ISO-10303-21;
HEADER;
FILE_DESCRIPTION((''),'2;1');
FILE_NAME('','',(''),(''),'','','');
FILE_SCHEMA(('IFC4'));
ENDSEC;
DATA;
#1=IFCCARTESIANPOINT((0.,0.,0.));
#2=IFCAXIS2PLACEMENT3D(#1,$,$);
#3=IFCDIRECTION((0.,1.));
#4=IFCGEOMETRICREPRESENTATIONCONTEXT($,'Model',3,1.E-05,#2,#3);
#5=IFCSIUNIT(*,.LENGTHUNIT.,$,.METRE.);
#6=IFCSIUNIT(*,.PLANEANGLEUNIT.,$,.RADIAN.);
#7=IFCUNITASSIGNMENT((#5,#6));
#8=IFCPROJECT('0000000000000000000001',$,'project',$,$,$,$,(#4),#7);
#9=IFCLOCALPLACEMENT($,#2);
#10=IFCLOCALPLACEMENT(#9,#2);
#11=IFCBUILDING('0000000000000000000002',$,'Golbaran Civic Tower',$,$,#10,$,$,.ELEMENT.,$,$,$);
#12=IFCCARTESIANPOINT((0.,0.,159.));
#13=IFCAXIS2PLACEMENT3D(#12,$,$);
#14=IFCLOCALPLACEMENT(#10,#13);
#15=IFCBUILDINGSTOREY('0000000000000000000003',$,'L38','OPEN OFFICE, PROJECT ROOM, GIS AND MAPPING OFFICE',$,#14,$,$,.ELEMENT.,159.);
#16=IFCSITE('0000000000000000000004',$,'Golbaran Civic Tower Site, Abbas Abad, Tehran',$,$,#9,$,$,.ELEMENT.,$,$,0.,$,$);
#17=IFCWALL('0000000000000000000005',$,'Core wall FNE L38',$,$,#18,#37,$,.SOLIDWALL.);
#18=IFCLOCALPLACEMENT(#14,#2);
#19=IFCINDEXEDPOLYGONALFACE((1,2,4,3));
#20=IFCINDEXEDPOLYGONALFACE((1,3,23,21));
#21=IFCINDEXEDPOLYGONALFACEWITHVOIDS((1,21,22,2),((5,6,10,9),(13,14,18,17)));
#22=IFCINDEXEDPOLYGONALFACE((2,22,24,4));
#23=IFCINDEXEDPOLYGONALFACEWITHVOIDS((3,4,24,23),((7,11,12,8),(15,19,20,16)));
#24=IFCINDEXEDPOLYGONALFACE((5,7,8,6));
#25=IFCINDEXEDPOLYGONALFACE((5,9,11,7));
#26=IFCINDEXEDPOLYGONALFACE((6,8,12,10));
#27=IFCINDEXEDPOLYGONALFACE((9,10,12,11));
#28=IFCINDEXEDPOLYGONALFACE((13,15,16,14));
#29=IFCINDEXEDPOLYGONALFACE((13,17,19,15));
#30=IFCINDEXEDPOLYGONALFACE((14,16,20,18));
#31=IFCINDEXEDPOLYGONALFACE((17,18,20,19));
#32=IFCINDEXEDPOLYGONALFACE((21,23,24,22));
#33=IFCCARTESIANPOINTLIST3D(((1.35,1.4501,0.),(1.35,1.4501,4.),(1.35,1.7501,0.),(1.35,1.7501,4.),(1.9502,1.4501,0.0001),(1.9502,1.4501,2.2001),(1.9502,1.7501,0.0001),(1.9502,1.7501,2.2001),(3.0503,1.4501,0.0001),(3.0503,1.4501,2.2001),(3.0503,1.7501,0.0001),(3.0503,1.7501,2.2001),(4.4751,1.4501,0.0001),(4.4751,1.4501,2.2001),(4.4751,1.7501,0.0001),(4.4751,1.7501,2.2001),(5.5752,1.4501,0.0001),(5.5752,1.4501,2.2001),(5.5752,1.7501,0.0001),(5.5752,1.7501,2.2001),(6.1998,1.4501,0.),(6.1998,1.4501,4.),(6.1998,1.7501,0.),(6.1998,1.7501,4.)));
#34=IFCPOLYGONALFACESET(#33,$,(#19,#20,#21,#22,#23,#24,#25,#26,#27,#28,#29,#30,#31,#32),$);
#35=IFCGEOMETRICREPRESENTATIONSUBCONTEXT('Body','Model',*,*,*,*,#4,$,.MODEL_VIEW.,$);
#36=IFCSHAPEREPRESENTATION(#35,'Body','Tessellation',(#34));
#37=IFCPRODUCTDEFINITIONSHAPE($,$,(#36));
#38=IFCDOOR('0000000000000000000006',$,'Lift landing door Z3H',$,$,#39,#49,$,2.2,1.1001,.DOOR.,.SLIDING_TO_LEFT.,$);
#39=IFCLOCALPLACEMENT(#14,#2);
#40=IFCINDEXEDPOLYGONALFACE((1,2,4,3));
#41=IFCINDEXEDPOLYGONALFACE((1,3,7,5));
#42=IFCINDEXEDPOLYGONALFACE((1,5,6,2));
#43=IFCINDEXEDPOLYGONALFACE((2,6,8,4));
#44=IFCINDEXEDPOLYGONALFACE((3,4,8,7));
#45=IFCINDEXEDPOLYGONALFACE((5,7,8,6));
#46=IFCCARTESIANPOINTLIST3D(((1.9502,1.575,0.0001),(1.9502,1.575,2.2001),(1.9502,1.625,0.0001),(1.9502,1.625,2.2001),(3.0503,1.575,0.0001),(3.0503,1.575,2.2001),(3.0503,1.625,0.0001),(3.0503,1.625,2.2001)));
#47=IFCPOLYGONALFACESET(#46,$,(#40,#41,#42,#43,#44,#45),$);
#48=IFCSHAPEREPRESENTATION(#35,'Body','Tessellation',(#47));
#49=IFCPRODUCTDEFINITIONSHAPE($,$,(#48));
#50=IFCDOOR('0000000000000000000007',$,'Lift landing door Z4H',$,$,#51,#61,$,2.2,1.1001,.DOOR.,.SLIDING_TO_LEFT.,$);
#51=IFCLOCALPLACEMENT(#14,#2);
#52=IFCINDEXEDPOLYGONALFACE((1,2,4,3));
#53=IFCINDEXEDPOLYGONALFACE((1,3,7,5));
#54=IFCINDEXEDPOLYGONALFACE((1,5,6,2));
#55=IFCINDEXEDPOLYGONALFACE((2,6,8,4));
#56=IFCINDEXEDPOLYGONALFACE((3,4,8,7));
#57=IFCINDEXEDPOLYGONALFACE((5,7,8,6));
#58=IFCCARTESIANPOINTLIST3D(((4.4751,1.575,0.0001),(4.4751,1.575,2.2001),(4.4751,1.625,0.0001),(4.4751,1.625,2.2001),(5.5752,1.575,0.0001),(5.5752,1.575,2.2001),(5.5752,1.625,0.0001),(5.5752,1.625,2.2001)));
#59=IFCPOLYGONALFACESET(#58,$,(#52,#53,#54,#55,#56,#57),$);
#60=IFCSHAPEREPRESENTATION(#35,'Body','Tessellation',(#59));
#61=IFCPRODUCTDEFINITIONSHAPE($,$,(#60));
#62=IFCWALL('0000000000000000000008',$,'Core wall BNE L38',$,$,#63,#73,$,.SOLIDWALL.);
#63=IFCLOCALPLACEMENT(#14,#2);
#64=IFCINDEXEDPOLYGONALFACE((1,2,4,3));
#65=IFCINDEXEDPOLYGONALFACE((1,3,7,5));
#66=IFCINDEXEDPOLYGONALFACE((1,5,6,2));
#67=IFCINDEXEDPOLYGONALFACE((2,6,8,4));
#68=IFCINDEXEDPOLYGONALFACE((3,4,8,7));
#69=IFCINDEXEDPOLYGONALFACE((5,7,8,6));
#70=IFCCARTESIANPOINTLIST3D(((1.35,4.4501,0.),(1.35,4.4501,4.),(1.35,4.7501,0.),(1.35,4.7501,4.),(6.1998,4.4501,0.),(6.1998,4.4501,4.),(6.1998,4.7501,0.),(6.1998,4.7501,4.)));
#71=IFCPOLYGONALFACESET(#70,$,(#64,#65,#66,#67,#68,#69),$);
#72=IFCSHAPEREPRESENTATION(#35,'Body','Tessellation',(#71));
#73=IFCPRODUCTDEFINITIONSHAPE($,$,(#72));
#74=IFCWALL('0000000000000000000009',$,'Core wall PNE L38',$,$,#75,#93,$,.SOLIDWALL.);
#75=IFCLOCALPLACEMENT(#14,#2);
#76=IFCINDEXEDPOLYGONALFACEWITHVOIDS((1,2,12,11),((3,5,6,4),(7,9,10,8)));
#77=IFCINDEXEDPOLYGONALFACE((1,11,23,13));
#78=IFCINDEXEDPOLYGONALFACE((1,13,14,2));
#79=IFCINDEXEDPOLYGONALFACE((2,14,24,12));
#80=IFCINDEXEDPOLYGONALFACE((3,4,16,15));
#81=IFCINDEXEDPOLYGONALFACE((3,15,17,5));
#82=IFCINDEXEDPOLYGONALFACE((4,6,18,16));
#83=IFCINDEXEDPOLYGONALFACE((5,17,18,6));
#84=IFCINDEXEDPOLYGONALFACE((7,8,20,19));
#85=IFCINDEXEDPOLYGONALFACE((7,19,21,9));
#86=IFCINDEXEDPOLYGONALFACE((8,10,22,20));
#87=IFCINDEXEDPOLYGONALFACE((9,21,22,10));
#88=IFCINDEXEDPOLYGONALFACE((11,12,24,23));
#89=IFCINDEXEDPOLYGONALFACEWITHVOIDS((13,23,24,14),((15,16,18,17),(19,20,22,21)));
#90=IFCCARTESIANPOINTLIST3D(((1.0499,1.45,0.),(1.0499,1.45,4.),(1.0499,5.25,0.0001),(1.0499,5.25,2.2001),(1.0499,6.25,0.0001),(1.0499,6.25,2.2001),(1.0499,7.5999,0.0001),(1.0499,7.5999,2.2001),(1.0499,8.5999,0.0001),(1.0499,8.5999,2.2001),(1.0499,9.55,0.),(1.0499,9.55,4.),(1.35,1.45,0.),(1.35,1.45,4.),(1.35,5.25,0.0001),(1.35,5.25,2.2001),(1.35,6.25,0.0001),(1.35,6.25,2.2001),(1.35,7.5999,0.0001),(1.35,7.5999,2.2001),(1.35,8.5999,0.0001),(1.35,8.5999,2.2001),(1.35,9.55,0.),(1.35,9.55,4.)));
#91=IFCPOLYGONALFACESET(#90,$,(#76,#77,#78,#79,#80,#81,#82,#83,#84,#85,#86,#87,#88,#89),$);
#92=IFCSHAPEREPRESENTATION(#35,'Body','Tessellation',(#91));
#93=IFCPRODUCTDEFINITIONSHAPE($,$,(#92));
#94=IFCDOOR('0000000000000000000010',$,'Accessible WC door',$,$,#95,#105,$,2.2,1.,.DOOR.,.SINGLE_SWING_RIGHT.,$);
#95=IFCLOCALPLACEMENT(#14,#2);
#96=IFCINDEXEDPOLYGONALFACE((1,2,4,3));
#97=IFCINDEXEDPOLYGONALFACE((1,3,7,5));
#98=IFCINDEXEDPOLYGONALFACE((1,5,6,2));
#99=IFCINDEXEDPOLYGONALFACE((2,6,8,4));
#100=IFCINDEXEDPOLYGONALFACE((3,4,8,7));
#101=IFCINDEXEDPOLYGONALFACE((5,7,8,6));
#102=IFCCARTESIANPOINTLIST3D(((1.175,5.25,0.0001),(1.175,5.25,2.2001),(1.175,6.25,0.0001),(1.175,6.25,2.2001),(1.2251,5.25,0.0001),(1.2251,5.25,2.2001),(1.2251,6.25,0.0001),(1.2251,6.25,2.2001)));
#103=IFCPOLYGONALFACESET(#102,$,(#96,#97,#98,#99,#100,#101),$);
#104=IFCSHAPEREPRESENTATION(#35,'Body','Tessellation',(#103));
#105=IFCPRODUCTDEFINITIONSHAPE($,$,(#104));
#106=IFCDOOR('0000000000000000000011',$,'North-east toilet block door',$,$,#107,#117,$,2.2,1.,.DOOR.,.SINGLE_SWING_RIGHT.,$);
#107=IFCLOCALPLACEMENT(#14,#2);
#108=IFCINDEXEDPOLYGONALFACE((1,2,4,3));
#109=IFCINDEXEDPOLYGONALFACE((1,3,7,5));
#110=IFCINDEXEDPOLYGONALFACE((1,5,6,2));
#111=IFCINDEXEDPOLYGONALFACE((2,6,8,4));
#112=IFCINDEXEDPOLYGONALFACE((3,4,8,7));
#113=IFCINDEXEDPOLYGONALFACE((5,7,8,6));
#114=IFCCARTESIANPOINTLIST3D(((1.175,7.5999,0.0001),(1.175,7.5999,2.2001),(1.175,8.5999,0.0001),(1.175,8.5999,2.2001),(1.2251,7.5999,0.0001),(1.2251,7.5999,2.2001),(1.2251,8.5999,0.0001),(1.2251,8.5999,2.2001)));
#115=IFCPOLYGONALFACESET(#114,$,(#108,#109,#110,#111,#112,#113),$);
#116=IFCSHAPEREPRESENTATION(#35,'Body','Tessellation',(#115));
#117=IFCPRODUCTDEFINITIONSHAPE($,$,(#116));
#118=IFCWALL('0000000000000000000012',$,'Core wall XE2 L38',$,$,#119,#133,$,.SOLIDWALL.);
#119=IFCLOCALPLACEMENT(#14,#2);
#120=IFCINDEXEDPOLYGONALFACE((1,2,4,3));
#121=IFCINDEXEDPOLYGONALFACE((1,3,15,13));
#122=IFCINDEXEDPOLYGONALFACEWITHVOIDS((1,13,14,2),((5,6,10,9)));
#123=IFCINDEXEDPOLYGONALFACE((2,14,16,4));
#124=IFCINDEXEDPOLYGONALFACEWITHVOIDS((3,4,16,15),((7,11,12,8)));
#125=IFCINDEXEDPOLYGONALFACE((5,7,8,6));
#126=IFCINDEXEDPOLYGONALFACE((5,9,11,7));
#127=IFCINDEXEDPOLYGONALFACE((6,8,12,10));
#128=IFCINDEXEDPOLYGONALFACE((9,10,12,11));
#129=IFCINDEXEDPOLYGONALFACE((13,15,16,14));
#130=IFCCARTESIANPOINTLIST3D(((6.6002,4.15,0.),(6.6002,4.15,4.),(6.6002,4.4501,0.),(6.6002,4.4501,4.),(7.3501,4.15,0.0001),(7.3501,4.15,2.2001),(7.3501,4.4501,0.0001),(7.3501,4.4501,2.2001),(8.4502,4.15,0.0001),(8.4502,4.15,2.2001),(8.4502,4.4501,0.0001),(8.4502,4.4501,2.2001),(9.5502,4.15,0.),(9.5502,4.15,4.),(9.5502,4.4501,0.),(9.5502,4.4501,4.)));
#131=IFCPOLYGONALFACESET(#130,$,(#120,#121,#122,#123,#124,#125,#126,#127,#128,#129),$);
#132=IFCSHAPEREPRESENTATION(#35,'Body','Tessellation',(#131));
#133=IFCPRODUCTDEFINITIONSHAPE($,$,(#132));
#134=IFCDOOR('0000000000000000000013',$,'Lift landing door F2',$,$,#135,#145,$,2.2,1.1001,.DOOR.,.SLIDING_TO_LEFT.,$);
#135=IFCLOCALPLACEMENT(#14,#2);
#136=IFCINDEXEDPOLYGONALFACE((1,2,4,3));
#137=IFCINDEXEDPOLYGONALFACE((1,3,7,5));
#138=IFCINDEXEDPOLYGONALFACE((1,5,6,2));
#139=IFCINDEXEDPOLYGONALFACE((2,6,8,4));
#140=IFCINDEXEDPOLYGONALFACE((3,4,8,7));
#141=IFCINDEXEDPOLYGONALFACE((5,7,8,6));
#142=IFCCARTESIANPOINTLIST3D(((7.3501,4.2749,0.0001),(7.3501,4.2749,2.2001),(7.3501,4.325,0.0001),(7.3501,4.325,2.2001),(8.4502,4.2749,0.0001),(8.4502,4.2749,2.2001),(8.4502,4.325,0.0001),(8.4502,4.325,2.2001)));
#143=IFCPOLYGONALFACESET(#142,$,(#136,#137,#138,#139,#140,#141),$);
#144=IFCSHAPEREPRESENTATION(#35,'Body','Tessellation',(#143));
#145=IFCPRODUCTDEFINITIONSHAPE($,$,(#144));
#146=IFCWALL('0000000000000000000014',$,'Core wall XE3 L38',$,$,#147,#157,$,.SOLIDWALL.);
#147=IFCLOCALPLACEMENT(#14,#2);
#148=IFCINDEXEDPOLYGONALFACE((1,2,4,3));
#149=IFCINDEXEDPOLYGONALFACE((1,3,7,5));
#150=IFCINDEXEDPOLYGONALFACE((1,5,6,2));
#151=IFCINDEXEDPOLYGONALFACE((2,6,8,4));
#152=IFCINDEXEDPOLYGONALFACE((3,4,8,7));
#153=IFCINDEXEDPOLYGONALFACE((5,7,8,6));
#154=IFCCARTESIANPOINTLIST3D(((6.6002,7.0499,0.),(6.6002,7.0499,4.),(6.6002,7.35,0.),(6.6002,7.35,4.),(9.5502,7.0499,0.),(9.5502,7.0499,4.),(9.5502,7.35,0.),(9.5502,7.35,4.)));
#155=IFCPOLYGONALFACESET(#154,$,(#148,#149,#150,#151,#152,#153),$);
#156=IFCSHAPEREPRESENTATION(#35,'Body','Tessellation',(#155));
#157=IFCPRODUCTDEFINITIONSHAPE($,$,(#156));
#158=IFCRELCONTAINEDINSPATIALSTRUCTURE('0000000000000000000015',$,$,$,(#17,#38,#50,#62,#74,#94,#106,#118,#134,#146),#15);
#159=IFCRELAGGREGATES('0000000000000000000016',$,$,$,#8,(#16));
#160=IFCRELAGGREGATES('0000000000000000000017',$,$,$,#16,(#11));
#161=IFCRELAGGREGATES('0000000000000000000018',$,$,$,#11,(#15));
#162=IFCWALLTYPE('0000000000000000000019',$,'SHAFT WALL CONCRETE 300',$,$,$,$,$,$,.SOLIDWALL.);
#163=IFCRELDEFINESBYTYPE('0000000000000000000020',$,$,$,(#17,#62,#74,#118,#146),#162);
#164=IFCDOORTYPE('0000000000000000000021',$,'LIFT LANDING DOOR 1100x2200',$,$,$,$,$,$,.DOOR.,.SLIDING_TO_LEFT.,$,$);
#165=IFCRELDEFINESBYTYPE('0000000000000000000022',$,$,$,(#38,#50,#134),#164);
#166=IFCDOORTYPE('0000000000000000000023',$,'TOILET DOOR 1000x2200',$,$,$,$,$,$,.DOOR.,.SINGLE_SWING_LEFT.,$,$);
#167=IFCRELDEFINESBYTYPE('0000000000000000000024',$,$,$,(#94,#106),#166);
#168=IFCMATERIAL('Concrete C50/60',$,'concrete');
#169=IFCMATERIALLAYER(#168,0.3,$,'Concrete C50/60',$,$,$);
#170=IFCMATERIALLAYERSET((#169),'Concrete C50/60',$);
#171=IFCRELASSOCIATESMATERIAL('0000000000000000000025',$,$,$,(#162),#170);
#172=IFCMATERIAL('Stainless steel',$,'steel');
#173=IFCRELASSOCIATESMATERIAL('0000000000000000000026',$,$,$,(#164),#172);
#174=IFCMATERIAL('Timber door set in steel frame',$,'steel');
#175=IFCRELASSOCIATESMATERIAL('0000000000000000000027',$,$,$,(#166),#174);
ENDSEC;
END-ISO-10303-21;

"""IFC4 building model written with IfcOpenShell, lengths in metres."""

from ifc_helpers import new_model, si_unit, direction, frame, frame_2d, origin, place, context, subcontext, project, spatial, rectangle, extrude, material, layer, layer_set, type_object, element, fill, save


model = new_model("IFC4")

# Units and contexts
model_context = context("Model", 3, precision=1e-05, world=origin(), true_north=direction((0.0, 1.0)))
body_context = subcontext(model_context, "Body", "Model", "MODEL_VIEW")
ifc_project = project(units=[si_unit("LENGTHUNIT", "METRE"), si_unit("PLANEANGLEUNIT", "RADIAN")], contexts=[model_context])

# Site, building, storey
site_placement = place(None, origin())
site = spatial("IfcSite", under=ifc_project, at=site_placement, Name="Golbaran Civic Tower Site, Abbas Abad, Tehran", CompositionType="ELEMENT", RefElevation=0.0)
building_placement = place(site_placement, origin())
building = spatial("IfcBuilding", under=site, at=building_placement, Name="Golbaran Civic Tower", CompositionType="ELEMENT")
storey_placement = place(building_placement, frame((0.0, 0.0, 159.0)))
storey = spatial("IfcBuildingStorey", under=building, at=storey_placement, Name="L38", Description="OPEN OFFICE, PROJECT ROOM, GIS AND MAPPING OFFICE", CompositionType="ELEMENT", Elevation=159.0)

# Shared definitions
ifc_material_1 = material(Name="Timber door set in steel frame", Category="steel")

# Wall, openings, doors
ifc_material_2 = material(Name="Concrete C50/60", Category="concrete")
ifc_layer_1 = layer(ifc_material_2, 0.3, Name="Concrete C50/60")
ifc_layer_set_1 = layer_set([ifc_layer_1], Name="Concrete C50/60")
wall_type_1 = type_object("IfcWallType", Name="SHAFT WALL CONCRETE 300", PredefinedType="SOLIDWALL", material=ifc_layer_set_1)
wall_1_placement = place(storey_placement, frame((1.3501, 1.6001, 0.0), z_axis=(0.0, 0.0, 1.0), x_axis=(1.0, 0.0, 0.0)))
wall_1 = element("IfcWall", 1, at=wall_1_placement, inside=storey, type_object=wall_type_1, Name="Core wall FNE L38", PredefinedType="SOLIDWALL", context=body_context, shape_type="SweptSolid", body=[
    extrude(rectangle(XDim=4.8499, YDim=0.3, at=frame_2d((2.4248, 0.0))), origin(), (0.0, 0.0, 1.0), 4.0),
])
opening_1_placement = place(wall_1_placement, frame((0.6001, 0.0, 0.0)))
opening_1 = element("IfcOpeningElement", 2, at=opening_1_placement, cuts=wall_1, PredefinedType="OPENING", context=body_context, shape_type="SweptSolid", body=[
    extrude(rectangle(XDim=1.1001, YDim=2.2, at=frame_2d((0.55, 1.1001))), frame((0.0, 0.1599, 0.0), z_axis=(0.0, -1.0, 0.0), x_axis=(1.0, 0.0, 0.0)), (0.0, 0.0, 1.0), 0.3201),
])
opening_2_placement = place(wall_1_placement, frame((3.125, 0.0, 0.0)))
opening_2 = element("IfcOpeningElement", 3, at=opening_2_placement, cuts=wall_1, PredefinedType="OPENING", context=body_context, shape_type="SweptSolid", body=[
    extrude(rectangle(XDim=1.1001, YDim=2.2, at=frame_2d((0.55, 1.1001))), frame((0.0, 0.1599, 0.0), z_axis=(0.0, -1.0, 0.0), x_axis=(1.0, 0.0, 0.0)), (0.0, 0.0, 1.0), 0.3201),
])
ifc_material_3 = material(Name="Stainless steel", Category="steel")
door_type_1 = type_object("IfcDoorType", Name="LIFT LANDING DOOR 1100x2200", OperationType="SLIDING_TO_LEFT", PredefinedType="DOOR", material=ifc_material_3)
door_1_placement = place(opening_1_placement, origin())
door_1 = element("IfcDoor", 4, at=door_1_placement, inside=storey, type_object=door_type_1, Name="Lift landing door Z3H", OperationType="SLIDING_TO_LEFT", OverallHeight=2.2, OverallWidth=1.1001, PredefinedType="DOOR", context=body_context, shape_type="SweptSolid", body=[
    extrude(rectangle(XDim=1.1001, YDim=2.2, at=frame_2d((0.55, 1.1001))), frame((0.0, 0.0249, 0.0), z_axis=(0.0, -1.0, 0.0), x_axis=(1.0, 0.0, 0.0)), (0.0, 0.0, 1.0), 0.05),
])
fill(opening_1, door_1)
door_2_placement = place(opening_2_placement, origin())
door_2 = element("IfcDoor", 5, at=door_2_placement, inside=storey, type_object=door_type_1, Name="Lift landing door Z4H", OperationType="SLIDING_TO_LEFT", OverallHeight=2.2, OverallWidth=1.1001, PredefinedType="DOOR", context=body_context, shape_type="SweptSolid", body=[
    extrude(rectangle(XDim=1.1001, YDim=2.2, at=frame_2d((0.55, 1.1001))), frame((0.0, 0.0249, 0.0), z_axis=(0.0, -1.0, 0.0), x_axis=(1.0, 0.0, 0.0)), (0.0, 0.0, 1.0), 0.05),
])
fill(opening_2, door_2)

# Wall
wall_2_placement = place(storey_placement, frame((1.3501, 4.6001, 0.0), z_axis=(0.0, 0.0, 1.0), x_axis=(1.0, 0.0, 0.0)))
element("IfcWall", 6, at=wall_2_placement, inside=storey, type_object=wall_type_1, Name="Core wall BNE L38", PredefinedType="SOLIDWALL", context=body_context, shape_type="SweptSolid", body=[
    extrude(rectangle(XDim=4.8499, YDim=0.3, at=frame_2d((2.4248, 0.0))), origin(), (0.0, 0.0, 1.0), 4.0),
])

# Wall, openings, doors
wall_3_placement = place(storey_placement, frame((1.2, 1.45, 0.0), z_axis=(0.0, 0.0, 1.0), x_axis=(0.0, 1.0, 0.0)))
wall_3 = element("IfcWall", 7, at=wall_3_placement, inside=storey, type_object=wall_type_1, Name="Core wall PNE L38", PredefinedType="SOLIDWALL", context=body_context, shape_type="SweptSolid", body=[
    extrude(rectangle(XDim=8.1001, YDim=0.3, at=frame_2d((4.05, 0.0))), origin(), (0.0, 0.0, 1.0), 4.0),
])
opening_3_placement = place(wall_3_placement, frame((3.8, 0.0, 0.0)))
opening_3 = element("IfcOpeningElement", 8, at=opening_3_placement, cuts=wall_3, PredefinedType="OPENING", context=body_context, shape_type="SweptSolid", body=[
    extrude(rectangle(XDim=1.0, YDim=2.2, at=frame_2d((0.5, 1.1001))), frame((0.0, 0.1599, 0.0), z_axis=(0.0, -1.0, 0.0), x_axis=(1.0, 0.0, 0.0)), (0.0, 0.0, 1.0), 0.3201),
])
opening_4_placement = place(wall_3_placement, frame((6.1499, 0.0, 0.0)))
opening_4 = element("IfcOpeningElement", 9, at=opening_4_placement, cuts=wall_3, PredefinedType="OPENING", context=body_context, shape_type="SweptSolid", body=[
    extrude(rectangle(XDim=1.0, YDim=2.2, at=frame_2d((0.5, 1.1001))), frame((0.0, 0.1599, 0.0), z_axis=(0.0, -1.0, 0.0), x_axis=(1.0, 0.0, 0.0)), (0.0, 0.0, 1.0), 0.3201),
])
door_type_2 = type_object("IfcDoorType", Name="TOILET DOOR 1000x2200", OperationType="SINGLE_SWING_LEFT", PredefinedType="DOOR", material=ifc_material_1)
door_3_placement = place(opening_3_placement, origin())
door_3 = element("IfcDoor", 10, at=door_3_placement, inside=storey, type_object=door_type_2, Name="Accessible WC door", OperationType="SINGLE_SWING_RIGHT", OverallHeight=2.2, OverallWidth=1.0, PredefinedType="DOOR", context=body_context, shape_type="SweptSolid", body=[
    extrude(rectangle(XDim=1.0, YDim=2.2, at=frame_2d((0.5, 1.1001))), frame((0.0, 0.0249, 0.0), z_axis=(0.0, -1.0, 0.0), x_axis=(1.0, 0.0, 0.0)), (0.0, 0.0, 1.0), 0.05),
])
fill(opening_3, door_3)
door_4_placement = place(opening_4_placement, origin())
door_4 = element("IfcDoor", 11, at=door_4_placement, inside=storey, type_object=door_type_2, Name="North-east toilet block door", OperationType="SINGLE_SWING_RIGHT", OverallHeight=2.2, OverallWidth=1.0, PredefinedType="DOOR", context=body_context, shape_type="SweptSolid", body=[
    extrude(rectangle(XDim=1.0, YDim=2.2, at=frame_2d((0.5, 1.1001))), frame((0.0, 0.0249, 0.0), z_axis=(0.0, -1.0, 0.0), x_axis=(1.0, 0.0, 0.0)), (0.0, 0.0, 1.0), 0.05),
])
fill(opening_4, door_4)

# Wall, opening, door
wall_4_placement = place(storey_placement, frame((6.6001, 4.3, 0.0), z_axis=(0.0, 0.0, 1.0), x_axis=(1.0, 0.0, 0.0)))
wall_4 = element("IfcWall", 12, at=wall_4_placement, inside=storey, type_object=wall_type_1, Name="Core wall XE2 L38", PredefinedType="SOLIDWALL", context=body_context, shape_type="SweptSolid", body=[
    extrude(rectangle(XDim=2.95, YDim=0.3, at=frame_2d((1.4751, 0.0))), origin(), (0.0, 0.0, 1.0), 4.0),
])
opening_5_placement = place(wall_4_placement, frame((0.75, 0.0, 0.0)))
opening_5 = element("IfcOpeningElement", 13, at=opening_5_placement, cuts=wall_4, PredefinedType="OPENING", context=body_context, shape_type="SweptSolid", body=[
    extrude(rectangle(XDim=1.1001, YDim=2.2, at=frame_2d((0.55, 1.1001))), frame((0.0, 0.1599, 0.0), z_axis=(0.0, -1.0, 0.0), x_axis=(1.0, 0.0, 0.0)), (0.0, 0.0, 1.0), 0.3201),
])
door_5_placement = place(opening_5_placement, origin())
door_5 = element("IfcDoor", 14, at=door_5_placement, inside=storey, type_object=door_type_1, Name="Lift landing door F2", OperationType="SLIDING_TO_LEFT", OverallHeight=2.2, OverallWidth=1.1001, PredefinedType="DOOR", context=body_context, shape_type="SweptSolid", body=[
    extrude(rectangle(XDim=1.1001, YDim=2.2, at=frame_2d((0.55, 1.1001))), frame((0.0, 0.0249, 0.0), z_axis=(0.0, -1.0, 0.0), x_axis=(1.0, 0.0, 0.0)), (0.0, 0.0, 1.0), 0.05),
])
fill(opening_5, door_5)

# Wall
wall_5_placement = place(storey_placement, frame((6.6001, 7.2, 0.0), z_axis=(0.0, 0.0, 1.0), x_axis=(1.0, 0.0, 0.0)))
element("IfcWall", 15, at=wall_5_placement, inside=storey, type_object=wall_type_1, Name="Core wall XE3 L38", PredefinedType="SOLIDWALL", context=body_context, shape_type="SweptSolid", body=[
    extrude(rectangle(XDim=2.95, YDim=0.3, at=frame_2d((1.4751, 0.0))), origin(), (0.0, 0.0, 1.0), 4.0),
])

save(model, "model.ifc")
